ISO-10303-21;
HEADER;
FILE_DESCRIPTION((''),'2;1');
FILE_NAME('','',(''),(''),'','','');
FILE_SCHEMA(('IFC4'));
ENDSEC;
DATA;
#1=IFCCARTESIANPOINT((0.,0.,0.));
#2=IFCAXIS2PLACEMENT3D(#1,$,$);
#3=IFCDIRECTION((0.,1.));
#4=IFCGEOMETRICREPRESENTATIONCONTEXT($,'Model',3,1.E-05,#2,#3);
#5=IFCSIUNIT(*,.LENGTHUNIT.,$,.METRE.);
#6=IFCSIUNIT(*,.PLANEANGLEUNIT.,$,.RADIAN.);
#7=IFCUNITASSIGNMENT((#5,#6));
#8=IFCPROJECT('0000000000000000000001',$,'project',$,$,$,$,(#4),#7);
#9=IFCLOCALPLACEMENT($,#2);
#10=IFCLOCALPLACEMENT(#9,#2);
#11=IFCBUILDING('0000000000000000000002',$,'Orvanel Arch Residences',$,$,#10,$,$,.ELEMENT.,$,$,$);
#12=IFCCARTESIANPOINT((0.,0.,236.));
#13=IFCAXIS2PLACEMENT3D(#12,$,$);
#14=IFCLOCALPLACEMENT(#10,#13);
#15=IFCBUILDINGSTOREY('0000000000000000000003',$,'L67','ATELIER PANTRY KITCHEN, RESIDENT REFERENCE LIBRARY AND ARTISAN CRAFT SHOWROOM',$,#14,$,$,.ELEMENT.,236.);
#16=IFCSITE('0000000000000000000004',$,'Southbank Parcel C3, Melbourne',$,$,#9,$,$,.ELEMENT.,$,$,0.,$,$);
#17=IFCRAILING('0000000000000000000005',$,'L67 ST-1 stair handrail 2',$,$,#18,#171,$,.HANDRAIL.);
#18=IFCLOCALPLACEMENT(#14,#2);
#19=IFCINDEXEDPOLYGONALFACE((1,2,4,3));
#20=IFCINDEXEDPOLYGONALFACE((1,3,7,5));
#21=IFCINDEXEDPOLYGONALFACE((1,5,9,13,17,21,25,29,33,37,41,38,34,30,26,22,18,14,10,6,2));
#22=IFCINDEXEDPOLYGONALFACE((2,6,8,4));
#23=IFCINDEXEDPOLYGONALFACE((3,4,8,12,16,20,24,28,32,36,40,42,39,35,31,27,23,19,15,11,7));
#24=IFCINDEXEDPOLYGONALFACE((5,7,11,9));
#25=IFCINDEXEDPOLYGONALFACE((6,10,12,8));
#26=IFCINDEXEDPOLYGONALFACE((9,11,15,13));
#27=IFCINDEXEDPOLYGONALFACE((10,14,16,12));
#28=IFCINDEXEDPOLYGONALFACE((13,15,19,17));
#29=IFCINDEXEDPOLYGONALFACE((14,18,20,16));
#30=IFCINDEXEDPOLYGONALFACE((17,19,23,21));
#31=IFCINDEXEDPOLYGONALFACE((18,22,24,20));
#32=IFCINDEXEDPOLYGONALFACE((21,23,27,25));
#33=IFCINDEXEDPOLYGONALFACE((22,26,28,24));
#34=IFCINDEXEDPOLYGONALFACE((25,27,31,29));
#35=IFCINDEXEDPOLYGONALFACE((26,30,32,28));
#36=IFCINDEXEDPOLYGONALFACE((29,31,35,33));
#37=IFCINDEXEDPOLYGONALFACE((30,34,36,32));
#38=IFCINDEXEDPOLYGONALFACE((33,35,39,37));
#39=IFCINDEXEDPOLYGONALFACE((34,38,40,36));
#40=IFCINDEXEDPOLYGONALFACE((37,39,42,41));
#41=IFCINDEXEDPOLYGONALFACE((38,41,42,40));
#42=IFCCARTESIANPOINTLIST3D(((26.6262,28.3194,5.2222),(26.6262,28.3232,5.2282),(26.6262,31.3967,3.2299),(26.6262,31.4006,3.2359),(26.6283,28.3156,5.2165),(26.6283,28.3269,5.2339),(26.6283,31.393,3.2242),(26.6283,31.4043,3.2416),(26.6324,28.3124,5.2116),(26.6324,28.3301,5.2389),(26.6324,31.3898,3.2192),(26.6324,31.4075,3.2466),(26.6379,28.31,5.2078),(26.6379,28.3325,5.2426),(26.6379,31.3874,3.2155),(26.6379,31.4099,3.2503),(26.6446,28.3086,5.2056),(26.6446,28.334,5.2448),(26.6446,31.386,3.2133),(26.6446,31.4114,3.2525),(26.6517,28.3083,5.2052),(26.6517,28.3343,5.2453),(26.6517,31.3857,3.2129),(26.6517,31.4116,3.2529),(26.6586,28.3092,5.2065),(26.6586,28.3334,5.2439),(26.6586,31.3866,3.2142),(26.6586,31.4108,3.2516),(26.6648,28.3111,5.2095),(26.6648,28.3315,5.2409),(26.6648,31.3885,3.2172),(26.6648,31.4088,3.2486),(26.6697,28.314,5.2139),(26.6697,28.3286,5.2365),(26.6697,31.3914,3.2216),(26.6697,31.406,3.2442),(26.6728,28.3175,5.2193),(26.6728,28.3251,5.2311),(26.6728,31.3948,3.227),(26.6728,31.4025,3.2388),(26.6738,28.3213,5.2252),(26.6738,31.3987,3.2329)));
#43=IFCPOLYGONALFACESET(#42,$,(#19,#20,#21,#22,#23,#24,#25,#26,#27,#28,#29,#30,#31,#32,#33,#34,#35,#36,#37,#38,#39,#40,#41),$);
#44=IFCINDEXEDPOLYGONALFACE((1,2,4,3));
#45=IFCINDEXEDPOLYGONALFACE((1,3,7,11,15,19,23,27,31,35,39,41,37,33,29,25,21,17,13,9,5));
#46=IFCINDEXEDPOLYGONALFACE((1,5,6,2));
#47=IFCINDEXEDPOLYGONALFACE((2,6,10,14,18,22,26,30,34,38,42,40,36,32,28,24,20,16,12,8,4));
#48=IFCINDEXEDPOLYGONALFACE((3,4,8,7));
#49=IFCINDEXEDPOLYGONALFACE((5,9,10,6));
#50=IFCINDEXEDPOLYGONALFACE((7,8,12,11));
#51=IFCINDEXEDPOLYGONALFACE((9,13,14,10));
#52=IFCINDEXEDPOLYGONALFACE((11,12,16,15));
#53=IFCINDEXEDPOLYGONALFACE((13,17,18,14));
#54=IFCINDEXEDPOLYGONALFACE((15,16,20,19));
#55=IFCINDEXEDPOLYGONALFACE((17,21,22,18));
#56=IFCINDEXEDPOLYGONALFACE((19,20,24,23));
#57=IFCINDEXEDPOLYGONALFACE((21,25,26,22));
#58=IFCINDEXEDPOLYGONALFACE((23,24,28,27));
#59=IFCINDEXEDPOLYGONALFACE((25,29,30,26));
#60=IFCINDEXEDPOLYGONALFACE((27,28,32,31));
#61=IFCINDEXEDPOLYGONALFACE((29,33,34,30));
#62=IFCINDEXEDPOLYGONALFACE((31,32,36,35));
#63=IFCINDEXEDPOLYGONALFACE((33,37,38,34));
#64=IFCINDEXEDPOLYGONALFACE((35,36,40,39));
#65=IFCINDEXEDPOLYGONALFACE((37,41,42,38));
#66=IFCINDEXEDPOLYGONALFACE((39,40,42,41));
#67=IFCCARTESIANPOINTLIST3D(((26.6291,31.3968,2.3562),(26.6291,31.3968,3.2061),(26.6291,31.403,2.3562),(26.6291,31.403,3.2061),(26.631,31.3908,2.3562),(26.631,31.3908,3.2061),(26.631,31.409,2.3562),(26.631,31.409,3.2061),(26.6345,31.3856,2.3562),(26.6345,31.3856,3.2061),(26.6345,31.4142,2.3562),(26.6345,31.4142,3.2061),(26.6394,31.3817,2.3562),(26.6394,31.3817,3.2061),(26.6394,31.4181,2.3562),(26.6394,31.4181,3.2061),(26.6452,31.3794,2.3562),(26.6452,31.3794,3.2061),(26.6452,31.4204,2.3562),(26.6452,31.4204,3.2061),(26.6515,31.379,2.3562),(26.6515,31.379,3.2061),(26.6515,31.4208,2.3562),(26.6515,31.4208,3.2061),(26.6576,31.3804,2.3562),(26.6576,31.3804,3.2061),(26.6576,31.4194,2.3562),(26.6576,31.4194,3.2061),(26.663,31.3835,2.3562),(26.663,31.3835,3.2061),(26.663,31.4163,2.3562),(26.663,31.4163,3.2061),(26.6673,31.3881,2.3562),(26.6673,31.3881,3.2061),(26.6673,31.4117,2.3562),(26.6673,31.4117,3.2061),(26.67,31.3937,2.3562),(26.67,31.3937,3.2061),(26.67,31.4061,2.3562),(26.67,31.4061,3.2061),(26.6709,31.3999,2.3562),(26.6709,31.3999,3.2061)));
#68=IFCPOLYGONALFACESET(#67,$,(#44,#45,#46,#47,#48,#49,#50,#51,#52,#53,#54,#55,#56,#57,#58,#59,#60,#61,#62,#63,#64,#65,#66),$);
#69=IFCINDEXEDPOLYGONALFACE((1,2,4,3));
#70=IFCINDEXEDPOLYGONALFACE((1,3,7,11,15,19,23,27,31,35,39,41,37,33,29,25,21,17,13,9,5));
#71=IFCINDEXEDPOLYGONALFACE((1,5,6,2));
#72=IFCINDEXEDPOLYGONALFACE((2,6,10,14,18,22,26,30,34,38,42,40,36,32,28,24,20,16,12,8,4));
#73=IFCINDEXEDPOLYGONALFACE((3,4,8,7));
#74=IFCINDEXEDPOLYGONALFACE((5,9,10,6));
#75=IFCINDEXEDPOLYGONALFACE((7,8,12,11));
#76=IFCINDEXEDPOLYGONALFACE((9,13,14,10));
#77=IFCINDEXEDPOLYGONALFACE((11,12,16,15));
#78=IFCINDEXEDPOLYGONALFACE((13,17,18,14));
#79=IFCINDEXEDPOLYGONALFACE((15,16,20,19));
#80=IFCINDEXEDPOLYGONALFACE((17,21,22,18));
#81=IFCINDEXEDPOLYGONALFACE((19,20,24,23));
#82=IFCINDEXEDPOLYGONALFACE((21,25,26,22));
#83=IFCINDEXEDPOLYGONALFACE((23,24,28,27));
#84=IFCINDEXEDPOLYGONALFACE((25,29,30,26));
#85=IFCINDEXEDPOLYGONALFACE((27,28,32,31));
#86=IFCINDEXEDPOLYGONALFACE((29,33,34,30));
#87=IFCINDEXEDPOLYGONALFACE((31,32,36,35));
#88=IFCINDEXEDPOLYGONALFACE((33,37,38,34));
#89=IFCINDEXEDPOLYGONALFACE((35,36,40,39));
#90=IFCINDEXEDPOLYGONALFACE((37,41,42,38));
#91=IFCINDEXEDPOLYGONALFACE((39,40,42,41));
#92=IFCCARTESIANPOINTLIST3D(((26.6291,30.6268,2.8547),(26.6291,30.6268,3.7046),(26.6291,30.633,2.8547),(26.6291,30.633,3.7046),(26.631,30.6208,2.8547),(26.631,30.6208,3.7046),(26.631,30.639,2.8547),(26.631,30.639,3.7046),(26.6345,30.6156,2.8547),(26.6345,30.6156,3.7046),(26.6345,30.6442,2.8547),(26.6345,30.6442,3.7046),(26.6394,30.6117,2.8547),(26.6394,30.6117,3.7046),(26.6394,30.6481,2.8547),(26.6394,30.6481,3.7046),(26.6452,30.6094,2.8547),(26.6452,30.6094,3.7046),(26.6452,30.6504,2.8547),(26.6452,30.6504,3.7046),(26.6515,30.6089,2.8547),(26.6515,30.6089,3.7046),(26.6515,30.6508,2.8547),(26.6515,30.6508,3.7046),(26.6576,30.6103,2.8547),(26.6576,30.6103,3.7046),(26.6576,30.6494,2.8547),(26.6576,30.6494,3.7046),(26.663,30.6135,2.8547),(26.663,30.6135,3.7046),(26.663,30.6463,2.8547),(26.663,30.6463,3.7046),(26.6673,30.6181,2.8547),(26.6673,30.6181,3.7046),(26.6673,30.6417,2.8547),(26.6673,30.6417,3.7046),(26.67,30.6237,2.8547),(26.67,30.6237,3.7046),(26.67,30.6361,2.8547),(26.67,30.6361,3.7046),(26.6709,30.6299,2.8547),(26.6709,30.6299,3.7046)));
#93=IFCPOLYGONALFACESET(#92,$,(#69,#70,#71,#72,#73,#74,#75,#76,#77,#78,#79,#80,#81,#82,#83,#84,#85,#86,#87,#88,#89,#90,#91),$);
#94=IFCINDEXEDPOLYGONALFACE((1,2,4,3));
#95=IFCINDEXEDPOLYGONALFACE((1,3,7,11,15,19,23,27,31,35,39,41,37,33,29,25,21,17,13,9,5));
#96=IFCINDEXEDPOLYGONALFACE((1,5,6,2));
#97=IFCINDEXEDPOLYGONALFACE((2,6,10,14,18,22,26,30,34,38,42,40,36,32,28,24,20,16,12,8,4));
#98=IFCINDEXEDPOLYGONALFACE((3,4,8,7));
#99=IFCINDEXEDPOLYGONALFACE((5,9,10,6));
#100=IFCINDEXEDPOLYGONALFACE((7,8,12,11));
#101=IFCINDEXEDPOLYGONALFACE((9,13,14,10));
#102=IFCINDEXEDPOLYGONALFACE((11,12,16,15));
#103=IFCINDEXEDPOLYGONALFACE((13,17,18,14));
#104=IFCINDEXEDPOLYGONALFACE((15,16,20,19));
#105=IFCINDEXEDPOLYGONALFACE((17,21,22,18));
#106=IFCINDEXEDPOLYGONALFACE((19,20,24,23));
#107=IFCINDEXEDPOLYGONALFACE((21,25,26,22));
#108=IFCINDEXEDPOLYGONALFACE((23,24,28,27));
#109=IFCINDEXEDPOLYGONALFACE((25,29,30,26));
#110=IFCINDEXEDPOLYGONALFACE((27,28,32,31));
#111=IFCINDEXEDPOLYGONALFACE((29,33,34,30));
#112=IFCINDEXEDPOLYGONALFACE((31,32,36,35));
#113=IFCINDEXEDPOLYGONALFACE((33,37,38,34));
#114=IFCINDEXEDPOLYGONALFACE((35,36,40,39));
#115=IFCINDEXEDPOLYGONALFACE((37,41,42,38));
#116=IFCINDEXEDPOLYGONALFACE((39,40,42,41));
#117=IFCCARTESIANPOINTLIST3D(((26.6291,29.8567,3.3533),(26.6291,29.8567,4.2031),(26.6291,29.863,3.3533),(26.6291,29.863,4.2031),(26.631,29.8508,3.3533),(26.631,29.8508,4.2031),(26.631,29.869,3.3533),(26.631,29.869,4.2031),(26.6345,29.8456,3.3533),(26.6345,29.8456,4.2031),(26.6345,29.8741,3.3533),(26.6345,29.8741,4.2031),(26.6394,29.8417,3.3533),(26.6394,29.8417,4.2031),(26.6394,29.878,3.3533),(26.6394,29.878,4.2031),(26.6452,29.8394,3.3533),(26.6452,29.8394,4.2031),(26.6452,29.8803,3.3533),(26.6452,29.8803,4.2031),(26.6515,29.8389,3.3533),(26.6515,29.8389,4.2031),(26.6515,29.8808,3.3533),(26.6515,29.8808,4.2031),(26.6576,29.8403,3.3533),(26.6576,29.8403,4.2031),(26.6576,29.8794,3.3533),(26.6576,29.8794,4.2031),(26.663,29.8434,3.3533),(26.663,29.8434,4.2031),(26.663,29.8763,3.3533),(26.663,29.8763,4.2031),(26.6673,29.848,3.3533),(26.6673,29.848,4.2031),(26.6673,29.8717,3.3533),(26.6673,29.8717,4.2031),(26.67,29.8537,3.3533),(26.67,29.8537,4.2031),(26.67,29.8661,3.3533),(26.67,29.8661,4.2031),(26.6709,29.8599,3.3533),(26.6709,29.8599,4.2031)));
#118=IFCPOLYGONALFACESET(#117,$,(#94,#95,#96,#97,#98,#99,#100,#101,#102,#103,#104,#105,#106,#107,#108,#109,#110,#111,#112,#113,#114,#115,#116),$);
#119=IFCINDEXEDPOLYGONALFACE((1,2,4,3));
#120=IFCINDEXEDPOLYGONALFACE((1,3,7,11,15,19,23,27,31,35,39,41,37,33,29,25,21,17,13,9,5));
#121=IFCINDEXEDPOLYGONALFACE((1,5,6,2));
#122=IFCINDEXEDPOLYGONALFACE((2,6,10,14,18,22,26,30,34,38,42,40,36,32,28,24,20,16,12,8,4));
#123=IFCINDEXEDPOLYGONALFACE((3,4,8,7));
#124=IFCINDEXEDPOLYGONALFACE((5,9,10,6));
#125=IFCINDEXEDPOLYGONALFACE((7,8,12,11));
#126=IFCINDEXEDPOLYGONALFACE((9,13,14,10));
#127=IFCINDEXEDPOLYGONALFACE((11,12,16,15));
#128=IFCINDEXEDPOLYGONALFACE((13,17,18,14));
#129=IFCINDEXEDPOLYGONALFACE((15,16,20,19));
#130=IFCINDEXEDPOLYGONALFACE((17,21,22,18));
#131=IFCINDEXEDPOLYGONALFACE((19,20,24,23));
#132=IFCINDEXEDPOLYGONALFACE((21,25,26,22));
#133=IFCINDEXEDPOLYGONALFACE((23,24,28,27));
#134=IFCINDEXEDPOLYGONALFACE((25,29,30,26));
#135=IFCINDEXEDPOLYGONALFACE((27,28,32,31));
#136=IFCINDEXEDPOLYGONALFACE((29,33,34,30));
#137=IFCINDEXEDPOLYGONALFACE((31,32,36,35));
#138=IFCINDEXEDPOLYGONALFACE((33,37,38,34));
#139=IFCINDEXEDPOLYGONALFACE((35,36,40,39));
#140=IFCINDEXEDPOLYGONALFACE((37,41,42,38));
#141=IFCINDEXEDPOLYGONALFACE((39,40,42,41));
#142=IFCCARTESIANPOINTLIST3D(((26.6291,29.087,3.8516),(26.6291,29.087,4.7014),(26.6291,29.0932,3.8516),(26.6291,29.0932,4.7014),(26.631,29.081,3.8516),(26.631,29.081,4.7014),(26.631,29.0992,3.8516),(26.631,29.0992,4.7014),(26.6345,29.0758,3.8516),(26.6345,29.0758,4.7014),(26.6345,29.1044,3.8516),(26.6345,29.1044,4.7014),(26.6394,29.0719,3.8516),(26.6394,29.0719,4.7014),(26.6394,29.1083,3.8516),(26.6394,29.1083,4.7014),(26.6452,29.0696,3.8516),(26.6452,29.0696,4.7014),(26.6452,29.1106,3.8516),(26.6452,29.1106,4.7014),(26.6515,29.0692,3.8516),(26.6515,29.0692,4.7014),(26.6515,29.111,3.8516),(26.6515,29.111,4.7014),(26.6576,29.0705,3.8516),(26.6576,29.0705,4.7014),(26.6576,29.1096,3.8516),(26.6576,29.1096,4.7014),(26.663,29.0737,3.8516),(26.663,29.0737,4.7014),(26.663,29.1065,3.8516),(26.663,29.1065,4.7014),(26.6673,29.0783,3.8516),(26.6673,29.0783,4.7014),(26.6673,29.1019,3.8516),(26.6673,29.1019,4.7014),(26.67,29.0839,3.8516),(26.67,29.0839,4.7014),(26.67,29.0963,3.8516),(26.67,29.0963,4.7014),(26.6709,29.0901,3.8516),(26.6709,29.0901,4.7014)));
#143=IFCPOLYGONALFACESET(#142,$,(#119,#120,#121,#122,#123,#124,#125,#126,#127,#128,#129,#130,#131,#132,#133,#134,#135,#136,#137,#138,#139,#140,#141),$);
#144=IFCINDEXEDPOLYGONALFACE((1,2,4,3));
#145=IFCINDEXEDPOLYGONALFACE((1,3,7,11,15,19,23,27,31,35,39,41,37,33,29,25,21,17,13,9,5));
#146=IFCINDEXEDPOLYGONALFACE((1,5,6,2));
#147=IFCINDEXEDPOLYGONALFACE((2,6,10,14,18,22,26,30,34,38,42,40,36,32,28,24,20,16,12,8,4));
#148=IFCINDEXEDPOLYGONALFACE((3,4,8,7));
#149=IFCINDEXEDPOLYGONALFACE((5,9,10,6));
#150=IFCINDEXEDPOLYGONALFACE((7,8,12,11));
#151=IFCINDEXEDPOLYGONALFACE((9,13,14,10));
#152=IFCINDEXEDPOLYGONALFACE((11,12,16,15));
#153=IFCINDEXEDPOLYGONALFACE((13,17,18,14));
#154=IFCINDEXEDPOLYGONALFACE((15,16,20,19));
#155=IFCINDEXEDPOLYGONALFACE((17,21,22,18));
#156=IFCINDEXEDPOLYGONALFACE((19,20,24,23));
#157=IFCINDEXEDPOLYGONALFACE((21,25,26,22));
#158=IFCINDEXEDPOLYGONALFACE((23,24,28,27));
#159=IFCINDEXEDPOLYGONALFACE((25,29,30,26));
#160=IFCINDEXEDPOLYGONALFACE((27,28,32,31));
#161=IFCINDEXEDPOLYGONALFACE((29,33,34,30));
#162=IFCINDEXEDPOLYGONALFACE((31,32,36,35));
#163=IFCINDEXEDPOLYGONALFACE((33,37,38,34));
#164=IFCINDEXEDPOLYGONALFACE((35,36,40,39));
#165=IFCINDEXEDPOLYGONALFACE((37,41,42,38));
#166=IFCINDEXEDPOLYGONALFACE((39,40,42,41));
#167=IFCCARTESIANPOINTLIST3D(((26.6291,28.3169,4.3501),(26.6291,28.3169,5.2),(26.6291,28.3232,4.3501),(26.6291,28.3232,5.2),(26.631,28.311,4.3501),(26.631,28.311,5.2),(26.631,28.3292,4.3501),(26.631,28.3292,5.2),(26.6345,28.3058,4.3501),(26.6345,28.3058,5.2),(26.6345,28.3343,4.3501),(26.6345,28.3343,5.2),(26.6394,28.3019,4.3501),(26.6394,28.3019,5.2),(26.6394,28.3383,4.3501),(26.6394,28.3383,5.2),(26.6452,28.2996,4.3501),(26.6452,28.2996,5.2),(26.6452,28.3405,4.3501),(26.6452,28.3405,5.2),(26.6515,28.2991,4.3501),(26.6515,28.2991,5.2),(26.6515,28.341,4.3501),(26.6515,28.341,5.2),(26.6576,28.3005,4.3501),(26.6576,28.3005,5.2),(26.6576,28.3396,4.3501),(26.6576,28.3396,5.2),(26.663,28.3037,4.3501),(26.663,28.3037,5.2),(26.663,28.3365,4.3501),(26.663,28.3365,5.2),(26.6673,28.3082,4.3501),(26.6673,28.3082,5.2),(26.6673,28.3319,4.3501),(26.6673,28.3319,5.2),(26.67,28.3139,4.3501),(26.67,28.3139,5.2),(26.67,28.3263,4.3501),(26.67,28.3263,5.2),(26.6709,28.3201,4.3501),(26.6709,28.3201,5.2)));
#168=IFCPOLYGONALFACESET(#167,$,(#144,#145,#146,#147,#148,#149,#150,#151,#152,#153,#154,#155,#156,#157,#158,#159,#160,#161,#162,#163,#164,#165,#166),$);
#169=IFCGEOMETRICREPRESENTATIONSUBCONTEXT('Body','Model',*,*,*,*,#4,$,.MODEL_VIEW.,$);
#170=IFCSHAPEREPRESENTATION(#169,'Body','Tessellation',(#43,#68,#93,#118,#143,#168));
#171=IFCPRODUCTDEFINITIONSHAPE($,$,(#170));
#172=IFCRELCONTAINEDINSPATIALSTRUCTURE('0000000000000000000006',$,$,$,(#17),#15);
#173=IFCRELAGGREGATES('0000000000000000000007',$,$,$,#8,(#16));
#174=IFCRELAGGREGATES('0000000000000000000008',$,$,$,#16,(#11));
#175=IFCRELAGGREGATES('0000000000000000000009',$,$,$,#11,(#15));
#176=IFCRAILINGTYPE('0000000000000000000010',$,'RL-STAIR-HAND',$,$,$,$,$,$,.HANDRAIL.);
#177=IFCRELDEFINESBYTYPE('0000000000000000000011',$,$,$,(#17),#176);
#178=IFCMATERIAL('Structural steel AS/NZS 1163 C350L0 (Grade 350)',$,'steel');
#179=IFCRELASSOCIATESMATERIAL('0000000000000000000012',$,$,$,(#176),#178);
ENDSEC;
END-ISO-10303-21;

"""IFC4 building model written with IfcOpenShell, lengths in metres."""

from ifc_helpers import new_model, si_unit, direction, frame, origin, origin_2d, place, context, subcontext, project, spatial, circle, extrude, material, type_object, element, save


model = new_model("IFC4")

# Units and contexts
model_context = context("Model", 3, precision=1e-05, world=origin(), true_north=direction((0.0, 1.0)))
body_context = subcontext(model_context, "Body", "Model", "MODEL_VIEW")
ifc_project = project(units=[si_unit("LENGTHUNIT", "METRE"), si_unit("PLANEANGLEUNIT", "RADIAN")], contexts=[model_context])

# Site, building, storey
site_placement = place(None, origin())
site = spatial("IfcSite", under=ifc_project, at=site_placement, Name="Southbank Parcel C3, Melbourne", CompositionType="ELEMENT", RefElevation=0.0)
building_placement = place(site_placement, origin())
building = spatial("IfcBuilding", under=site, at=building_placement, Name="Orvanel Arch Residences", CompositionType="ELEMENT")
storey_placement = place(building_placement, frame((0.0, 0.0, 236.0)))
storey = spatial("IfcBuildingStorey", under=building, at=storey_placement, Name="L67", Description="ATELIER PANTRY KITCHEN, RESIDENT REFERENCE LIBRARY AND ARTISAN CRAFT SHOWROOM", CompositionType="ELEMENT", Elevation=236.0)

# Railing
ifc_material_1 = material(Name="Structural steel AS/NZS 1163 C350L0 (Grade 350)", Category="steel")
railing_type_1 = type_object("IfcRailingType", Name="RL-STAIR-HAND", PredefinedType="HANDRAIL", material=ifc_material_1)
railing_1_placement = place(storey_placement, frame((26.6499, 31.3999, 2.3562)))
element("IfcRailing", 1, at=railing_1_placement, inside=storey, type_object=railing_type_1, Name="L67 ST-1 stair handrail 2", PredefinedType="HANDRAIL", context=body_context, shape_type="SweptSolid", body=[
    extrude(circle(Radius=0.0239, at=origin_2d()), frame((0.0, -0.0012, 0.8767), z_axis=(0.0, -0.839438, 0.543455), x_axis=(1.0, 0.0, 0.0)), (0.0, 0.0, 1.0), 3.666),
    extrude(circle(Radius=0.021, at=origin_2d()), origin(), (0.0, 0.0, 1.0), 0.8499),
    extrude(circle(Radius=0.021, at=origin_2d()), frame((0.0, -0.77, 0.4985)), (0.0, 0.0, 1.0), 0.8499),
    extrude(circle(Radius=0.021, at=origin_2d()), frame((0.0, -1.54, 0.9971)), (0.0, 0.0, 1.0), 0.8499),
    extrude(circle(Radius=0.021, at=origin_2d()), frame((0.0, -2.3098, 1.4954)), (0.0, 0.0, 1.0), 0.8499),
    extrude(circle(Radius=0.021, at=origin_2d()), frame((0.0, -3.0798, 1.9939)), (0.0, 0.0, 1.0), 0.8499),
])

save(model, "model.ifc")
